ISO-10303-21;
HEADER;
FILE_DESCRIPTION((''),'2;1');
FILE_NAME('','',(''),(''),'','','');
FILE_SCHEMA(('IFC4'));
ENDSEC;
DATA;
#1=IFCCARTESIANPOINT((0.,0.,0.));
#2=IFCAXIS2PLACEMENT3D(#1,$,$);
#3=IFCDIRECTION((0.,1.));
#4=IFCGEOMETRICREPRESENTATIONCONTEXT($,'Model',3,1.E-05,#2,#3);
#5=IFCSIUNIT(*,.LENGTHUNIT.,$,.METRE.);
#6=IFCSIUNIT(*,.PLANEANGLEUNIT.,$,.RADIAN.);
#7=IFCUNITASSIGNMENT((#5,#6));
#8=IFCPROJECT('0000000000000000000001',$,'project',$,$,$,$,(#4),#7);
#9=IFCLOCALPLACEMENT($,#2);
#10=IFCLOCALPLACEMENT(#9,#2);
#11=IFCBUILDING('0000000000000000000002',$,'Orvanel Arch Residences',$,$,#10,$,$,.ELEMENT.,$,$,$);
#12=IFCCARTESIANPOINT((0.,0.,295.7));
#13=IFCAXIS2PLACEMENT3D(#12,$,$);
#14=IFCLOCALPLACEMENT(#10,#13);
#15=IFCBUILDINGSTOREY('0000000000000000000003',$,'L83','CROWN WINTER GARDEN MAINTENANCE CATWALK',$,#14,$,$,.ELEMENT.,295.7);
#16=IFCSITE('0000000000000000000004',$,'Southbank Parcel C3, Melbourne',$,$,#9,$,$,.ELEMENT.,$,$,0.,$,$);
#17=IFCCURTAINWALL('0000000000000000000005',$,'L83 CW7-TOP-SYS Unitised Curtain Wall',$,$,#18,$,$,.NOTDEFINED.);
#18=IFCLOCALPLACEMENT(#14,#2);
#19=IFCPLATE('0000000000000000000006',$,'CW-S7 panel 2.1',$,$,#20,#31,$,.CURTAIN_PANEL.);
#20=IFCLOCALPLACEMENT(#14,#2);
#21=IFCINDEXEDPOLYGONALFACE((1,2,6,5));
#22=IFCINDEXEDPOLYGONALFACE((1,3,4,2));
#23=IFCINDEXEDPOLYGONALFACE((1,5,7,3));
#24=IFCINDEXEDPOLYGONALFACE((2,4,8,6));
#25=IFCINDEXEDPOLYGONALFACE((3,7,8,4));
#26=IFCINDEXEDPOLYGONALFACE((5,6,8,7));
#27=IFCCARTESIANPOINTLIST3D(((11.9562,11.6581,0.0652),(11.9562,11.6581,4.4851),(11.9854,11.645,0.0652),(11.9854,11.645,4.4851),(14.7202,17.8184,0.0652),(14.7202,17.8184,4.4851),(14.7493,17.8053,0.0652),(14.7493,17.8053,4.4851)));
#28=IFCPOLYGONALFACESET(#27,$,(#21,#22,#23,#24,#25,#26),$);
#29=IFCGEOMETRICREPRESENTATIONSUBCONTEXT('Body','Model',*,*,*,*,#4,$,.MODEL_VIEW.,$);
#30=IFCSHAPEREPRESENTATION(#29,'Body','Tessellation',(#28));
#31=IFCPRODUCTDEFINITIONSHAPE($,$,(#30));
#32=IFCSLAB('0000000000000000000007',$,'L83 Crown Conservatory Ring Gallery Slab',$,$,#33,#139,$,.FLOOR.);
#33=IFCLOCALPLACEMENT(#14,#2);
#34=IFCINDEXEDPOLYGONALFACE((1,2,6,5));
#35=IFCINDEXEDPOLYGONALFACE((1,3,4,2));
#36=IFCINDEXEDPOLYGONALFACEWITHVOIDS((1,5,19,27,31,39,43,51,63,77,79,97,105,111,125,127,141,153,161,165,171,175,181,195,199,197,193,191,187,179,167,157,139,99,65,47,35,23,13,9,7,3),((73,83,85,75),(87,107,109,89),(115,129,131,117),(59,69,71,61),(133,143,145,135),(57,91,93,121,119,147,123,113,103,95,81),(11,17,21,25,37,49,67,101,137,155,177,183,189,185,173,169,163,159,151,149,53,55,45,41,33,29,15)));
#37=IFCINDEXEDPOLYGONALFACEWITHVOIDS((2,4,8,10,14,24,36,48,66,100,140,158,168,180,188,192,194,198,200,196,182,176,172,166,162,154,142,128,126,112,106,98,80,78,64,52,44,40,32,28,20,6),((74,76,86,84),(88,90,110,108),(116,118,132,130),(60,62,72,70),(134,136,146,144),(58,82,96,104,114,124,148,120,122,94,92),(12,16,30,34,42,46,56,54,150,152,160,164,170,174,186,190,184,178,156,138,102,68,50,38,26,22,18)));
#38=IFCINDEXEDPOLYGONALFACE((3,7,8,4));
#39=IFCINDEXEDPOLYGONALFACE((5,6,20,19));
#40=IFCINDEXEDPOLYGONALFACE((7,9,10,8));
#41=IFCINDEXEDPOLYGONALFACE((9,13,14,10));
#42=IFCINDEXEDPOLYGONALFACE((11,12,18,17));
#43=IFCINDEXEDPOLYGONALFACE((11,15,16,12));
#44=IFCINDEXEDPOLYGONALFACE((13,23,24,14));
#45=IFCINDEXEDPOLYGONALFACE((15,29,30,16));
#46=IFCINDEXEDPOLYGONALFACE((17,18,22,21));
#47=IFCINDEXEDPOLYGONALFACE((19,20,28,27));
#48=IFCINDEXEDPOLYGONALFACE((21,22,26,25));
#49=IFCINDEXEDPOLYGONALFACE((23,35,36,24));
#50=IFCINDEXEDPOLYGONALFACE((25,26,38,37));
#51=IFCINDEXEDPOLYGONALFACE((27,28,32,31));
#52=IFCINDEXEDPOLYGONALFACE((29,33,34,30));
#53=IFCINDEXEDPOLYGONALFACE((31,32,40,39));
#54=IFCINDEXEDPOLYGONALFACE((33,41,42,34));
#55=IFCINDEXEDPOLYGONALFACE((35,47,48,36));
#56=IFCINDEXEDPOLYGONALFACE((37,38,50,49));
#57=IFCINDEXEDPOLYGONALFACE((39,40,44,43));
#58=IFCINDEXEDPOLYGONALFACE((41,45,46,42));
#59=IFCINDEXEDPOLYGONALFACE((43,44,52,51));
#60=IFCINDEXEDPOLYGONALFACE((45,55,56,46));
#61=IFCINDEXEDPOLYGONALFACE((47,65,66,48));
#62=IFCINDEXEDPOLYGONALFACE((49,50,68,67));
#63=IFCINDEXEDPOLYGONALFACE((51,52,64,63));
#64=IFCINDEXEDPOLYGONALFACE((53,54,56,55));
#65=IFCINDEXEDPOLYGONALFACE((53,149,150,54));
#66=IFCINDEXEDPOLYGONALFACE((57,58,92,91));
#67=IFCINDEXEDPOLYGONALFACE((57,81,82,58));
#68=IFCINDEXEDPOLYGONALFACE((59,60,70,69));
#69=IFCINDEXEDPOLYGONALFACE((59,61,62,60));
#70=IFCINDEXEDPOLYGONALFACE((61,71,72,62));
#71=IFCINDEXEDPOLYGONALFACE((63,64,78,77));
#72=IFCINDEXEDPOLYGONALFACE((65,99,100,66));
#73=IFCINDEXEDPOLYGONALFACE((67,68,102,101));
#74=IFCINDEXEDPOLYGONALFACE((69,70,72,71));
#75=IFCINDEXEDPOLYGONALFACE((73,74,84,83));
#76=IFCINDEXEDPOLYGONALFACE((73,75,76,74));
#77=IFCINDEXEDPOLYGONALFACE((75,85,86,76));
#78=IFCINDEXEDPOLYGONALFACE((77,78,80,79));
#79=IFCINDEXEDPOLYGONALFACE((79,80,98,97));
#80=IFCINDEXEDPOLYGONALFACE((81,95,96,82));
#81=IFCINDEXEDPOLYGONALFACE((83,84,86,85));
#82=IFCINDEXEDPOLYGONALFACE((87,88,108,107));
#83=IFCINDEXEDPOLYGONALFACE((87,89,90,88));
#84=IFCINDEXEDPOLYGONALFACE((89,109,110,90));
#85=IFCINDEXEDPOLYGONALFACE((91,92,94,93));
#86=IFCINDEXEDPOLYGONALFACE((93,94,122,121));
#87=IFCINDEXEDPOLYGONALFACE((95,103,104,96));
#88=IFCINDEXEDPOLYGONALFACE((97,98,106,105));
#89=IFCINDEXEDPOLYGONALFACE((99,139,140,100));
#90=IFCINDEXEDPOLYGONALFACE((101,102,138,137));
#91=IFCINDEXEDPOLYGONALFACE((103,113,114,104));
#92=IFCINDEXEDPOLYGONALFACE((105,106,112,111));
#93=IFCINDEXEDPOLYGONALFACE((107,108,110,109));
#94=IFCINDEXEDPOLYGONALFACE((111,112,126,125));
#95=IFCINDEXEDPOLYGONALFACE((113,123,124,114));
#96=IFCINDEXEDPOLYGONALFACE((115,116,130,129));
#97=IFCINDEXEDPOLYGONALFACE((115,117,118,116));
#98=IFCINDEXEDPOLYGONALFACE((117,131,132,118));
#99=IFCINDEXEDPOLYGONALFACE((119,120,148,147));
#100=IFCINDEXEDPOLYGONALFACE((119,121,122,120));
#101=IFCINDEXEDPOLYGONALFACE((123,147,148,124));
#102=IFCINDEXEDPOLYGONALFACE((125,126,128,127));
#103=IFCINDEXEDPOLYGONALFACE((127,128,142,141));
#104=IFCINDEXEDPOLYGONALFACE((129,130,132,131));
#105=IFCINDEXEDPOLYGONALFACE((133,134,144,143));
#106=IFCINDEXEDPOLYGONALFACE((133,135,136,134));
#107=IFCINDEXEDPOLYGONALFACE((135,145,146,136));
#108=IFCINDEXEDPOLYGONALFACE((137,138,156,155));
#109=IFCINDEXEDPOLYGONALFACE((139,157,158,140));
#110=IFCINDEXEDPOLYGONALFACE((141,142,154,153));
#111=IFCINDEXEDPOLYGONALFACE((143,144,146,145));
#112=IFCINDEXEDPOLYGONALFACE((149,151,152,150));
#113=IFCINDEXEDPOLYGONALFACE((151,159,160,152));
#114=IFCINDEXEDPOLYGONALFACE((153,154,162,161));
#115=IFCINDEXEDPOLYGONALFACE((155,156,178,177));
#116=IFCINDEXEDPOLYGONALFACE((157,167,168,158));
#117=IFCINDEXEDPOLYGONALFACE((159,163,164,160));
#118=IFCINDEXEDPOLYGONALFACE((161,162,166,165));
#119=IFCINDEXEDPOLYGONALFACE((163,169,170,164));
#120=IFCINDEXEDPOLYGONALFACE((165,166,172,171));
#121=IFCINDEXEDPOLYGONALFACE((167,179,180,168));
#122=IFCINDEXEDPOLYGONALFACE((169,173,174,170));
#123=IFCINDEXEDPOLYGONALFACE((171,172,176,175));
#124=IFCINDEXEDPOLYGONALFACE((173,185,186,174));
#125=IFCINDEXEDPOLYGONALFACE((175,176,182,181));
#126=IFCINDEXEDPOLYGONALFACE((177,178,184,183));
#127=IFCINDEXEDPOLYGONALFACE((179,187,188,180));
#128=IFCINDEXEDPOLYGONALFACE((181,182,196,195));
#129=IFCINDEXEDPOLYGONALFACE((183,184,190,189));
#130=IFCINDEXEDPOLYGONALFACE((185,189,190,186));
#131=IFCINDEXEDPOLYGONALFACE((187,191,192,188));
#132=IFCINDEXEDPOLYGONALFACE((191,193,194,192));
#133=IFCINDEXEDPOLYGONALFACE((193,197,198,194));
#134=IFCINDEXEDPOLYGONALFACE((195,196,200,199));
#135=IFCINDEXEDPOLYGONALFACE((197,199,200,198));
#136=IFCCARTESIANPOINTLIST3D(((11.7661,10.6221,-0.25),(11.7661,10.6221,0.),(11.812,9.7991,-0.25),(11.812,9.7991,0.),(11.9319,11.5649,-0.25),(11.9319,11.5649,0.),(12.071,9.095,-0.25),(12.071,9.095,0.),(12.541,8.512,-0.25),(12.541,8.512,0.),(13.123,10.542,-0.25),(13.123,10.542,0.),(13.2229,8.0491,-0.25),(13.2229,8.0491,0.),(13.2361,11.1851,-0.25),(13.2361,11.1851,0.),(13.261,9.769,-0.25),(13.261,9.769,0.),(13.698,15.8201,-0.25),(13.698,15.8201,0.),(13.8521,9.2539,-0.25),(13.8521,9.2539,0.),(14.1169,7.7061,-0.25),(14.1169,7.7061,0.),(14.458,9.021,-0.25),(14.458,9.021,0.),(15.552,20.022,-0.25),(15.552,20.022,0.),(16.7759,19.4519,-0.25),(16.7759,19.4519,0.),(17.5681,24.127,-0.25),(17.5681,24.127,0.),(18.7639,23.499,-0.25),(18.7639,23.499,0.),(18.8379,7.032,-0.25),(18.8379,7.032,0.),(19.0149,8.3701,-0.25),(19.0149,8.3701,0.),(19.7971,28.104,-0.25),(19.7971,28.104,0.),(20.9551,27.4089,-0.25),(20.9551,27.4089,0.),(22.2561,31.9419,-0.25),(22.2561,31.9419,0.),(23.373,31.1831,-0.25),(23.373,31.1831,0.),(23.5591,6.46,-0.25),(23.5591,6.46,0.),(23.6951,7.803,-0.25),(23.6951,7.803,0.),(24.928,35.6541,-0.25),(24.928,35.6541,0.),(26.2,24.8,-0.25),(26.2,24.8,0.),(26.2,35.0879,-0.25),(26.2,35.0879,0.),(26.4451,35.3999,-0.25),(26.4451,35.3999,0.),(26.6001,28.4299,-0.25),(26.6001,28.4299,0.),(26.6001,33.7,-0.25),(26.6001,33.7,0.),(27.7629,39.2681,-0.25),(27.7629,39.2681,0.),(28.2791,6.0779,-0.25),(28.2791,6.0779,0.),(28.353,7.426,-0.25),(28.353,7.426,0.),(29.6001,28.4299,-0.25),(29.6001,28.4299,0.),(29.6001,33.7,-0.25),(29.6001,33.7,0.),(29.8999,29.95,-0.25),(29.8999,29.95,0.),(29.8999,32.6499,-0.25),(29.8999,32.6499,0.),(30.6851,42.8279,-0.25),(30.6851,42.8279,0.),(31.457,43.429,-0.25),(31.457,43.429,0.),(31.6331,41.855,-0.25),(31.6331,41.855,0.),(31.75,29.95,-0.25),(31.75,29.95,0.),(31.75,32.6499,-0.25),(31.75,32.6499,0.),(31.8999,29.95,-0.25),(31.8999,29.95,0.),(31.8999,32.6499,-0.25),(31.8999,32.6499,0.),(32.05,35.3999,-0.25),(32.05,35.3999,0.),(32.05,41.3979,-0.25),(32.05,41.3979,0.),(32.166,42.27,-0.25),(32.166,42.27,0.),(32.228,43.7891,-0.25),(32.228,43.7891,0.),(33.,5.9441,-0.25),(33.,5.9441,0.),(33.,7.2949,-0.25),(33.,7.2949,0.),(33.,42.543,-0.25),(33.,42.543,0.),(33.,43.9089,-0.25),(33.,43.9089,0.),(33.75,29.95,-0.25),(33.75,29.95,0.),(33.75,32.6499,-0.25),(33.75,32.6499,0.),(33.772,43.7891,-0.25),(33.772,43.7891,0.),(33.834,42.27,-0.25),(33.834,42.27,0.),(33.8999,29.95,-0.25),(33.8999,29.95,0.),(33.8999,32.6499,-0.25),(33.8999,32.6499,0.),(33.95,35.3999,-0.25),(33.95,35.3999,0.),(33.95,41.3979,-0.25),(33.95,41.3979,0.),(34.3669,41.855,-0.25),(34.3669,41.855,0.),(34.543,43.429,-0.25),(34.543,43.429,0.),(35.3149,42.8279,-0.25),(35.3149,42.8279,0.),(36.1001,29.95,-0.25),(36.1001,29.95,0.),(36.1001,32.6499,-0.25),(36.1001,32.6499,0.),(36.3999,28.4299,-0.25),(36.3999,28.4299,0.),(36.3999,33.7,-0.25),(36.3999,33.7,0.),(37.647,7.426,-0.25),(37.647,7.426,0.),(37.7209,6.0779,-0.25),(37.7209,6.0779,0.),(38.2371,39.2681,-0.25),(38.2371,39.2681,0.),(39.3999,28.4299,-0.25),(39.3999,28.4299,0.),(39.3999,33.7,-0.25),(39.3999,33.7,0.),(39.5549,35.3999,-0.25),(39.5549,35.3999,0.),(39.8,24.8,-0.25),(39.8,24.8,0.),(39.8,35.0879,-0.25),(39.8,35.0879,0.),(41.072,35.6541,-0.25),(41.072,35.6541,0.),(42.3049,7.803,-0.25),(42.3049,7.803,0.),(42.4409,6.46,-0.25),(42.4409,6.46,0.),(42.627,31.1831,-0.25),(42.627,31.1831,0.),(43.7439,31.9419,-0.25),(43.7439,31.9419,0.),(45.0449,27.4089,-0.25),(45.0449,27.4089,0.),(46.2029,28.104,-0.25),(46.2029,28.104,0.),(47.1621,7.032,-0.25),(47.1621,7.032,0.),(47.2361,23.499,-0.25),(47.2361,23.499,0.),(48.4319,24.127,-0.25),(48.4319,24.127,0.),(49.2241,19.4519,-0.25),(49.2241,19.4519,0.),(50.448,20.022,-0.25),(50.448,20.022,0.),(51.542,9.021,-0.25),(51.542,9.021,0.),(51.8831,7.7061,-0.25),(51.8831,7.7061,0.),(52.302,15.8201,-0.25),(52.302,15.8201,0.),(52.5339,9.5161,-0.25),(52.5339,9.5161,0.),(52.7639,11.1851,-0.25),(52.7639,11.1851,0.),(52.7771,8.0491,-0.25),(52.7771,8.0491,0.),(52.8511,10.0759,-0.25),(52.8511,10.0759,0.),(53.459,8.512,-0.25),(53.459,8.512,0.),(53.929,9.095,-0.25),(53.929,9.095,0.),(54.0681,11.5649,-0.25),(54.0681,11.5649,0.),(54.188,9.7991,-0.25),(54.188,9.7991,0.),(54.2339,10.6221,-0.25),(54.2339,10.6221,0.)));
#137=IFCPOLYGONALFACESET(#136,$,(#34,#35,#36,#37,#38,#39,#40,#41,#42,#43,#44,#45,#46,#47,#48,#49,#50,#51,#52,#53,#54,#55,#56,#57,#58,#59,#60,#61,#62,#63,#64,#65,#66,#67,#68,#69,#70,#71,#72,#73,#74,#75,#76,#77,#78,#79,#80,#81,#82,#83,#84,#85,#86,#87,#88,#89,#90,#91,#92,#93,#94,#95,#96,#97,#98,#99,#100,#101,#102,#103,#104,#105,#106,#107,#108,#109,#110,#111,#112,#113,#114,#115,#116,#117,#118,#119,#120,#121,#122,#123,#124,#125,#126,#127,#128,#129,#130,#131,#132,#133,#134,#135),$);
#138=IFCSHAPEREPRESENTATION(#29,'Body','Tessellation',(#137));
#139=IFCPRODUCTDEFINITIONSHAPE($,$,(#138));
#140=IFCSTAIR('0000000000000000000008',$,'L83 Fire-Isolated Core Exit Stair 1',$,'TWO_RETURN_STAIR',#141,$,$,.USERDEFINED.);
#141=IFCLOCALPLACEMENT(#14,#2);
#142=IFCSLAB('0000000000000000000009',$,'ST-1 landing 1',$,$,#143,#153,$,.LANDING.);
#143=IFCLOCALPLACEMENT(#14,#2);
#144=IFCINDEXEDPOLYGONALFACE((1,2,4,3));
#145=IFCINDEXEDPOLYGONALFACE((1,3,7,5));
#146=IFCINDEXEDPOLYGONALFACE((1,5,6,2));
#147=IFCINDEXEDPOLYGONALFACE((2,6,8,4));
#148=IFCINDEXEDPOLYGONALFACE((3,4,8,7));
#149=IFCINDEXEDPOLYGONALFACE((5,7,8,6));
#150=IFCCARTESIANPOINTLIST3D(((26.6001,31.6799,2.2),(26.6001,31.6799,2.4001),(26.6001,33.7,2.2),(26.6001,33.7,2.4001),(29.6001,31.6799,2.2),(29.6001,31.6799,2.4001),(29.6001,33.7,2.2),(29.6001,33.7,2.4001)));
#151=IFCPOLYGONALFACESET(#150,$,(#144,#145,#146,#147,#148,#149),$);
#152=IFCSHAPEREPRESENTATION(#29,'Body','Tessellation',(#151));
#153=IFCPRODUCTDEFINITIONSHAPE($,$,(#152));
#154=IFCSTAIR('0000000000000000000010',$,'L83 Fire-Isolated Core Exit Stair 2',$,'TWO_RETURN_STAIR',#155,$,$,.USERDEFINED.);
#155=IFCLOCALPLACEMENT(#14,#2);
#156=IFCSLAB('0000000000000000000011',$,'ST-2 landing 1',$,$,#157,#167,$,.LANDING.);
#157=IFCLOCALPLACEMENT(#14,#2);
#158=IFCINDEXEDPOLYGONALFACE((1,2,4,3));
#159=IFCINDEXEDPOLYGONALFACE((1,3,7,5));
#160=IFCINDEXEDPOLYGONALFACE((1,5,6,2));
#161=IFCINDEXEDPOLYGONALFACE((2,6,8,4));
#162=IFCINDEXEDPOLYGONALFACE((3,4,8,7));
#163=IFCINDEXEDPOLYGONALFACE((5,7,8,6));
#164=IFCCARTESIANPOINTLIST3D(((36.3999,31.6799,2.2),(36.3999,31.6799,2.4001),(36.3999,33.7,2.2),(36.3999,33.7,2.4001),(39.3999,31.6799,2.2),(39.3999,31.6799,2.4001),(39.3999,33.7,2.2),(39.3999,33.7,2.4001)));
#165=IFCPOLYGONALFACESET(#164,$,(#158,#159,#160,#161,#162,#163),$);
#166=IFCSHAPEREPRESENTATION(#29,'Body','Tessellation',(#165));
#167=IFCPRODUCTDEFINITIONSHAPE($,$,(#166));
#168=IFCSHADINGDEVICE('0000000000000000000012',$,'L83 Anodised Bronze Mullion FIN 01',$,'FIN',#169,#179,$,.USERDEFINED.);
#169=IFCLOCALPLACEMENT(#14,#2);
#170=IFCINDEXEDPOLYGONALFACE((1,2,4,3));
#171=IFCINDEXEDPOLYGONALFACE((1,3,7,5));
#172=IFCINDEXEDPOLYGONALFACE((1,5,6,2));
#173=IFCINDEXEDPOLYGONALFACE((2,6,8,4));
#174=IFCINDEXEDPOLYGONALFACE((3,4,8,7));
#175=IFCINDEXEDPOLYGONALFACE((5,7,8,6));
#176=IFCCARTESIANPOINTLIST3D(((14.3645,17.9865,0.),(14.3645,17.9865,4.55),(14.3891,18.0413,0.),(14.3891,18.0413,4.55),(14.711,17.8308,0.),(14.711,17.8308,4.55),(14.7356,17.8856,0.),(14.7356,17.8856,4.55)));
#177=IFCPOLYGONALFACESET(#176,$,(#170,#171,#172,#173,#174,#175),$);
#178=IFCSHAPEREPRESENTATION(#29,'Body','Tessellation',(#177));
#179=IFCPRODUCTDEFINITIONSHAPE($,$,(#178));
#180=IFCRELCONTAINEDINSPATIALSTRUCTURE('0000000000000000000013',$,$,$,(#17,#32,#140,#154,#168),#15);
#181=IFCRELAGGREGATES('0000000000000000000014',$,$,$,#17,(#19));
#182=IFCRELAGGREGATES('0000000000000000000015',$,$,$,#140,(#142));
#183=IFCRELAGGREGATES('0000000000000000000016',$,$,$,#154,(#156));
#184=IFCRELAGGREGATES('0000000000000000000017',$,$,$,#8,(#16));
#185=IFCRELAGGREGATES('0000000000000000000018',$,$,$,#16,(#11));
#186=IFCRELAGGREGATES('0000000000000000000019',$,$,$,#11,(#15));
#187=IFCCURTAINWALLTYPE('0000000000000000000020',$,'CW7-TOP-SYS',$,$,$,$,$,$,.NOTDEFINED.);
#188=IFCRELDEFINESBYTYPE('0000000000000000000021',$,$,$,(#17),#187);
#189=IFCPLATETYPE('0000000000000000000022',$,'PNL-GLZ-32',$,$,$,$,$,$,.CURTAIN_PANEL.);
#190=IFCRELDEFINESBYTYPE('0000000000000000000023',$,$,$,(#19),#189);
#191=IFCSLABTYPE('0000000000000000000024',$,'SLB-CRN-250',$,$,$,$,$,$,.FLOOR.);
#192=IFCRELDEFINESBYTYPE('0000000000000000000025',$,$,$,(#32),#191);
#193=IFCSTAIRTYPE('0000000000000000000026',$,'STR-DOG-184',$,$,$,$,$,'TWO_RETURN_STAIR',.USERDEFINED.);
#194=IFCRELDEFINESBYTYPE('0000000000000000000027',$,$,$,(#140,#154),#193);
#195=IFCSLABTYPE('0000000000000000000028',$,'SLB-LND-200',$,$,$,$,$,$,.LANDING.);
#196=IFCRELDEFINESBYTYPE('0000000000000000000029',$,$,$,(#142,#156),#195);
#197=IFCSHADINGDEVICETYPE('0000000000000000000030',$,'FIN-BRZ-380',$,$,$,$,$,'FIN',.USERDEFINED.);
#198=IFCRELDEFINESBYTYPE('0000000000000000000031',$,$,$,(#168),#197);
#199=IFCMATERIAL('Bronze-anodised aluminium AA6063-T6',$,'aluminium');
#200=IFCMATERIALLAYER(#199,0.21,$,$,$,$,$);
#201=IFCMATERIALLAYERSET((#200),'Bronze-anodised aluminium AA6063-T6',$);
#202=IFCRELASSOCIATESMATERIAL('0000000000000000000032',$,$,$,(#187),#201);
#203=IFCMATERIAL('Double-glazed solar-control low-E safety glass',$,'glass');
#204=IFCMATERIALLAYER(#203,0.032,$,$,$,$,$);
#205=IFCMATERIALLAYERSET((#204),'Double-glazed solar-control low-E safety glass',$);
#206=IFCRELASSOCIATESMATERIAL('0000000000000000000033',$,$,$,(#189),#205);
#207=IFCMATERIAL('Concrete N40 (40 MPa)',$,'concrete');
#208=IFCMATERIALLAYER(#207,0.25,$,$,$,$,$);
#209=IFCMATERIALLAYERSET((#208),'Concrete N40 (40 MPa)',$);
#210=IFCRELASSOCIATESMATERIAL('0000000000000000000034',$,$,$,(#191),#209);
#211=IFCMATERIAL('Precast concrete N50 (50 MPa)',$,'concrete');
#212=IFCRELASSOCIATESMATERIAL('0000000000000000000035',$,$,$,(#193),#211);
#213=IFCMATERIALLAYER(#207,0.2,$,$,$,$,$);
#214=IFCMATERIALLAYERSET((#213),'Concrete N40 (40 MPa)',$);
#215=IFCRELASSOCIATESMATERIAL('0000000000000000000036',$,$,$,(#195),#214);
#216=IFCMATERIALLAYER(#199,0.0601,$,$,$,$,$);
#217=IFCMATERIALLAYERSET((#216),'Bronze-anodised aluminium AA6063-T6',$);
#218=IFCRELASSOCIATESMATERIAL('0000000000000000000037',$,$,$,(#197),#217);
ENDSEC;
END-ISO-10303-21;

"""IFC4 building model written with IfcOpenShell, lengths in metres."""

from ifc_helpers import new_model, si_unit, direction, frame, origin, origin_2d, place, context, subcontext, project, spatial, polyline, rectangle, outline, extrude, material, layer, layer_set, type_object, element, aggregate, save


model = new_model("IFC4")

# Units and contexts
model_context = context("Model", 3, precision=1e-05, world=origin(), true_north=direction((0.0, 1.0)))
body_context = subcontext(model_context, "Body", "Model", "MODEL_VIEW")
ifc_project = project(units=[si_unit("LENGTHUNIT", "METRE"), si_unit("PLANEANGLEUNIT", "RADIAN")], contexts=[model_context])

# Site, building, storey
site_placement = place(None, origin())
site = spatial("IfcSite", under=ifc_project, at=site_placement, Name="Southbank Parcel C3, Melbourne", CompositionType="ELEMENT", RefElevation=0.0)
building_placement = place(site_placement, origin())
building = spatial("IfcBuilding", under=site, at=building_placement, Name="Orvanel Arch Residences", CompositionType="ELEMENT")
storey_placement = place(building_placement, frame((0.0, 0.0, 295.7)))
storey = spatial("IfcBuildingStorey", under=building, at=storey_placement, Name="L83", Description="CROWN WINTER GARDEN MAINTENANCE CATWALK", CompositionType="ELEMENT", Elevation=295.7)

# Shared definitions
ifc_material_1 = material(Name="Bronze-anodised aluminium AA6063-T6", Category="aluminium")
ifc_layer_1 = layer(ifc_material_1, 0.21)
ifc_layer_set_1 = layer_set([ifc_layer_1], Name="Bronze-anodised aluminium AA6063-T6")
curtain_wall_type = type_object("IfcCurtainWallType", Name="CW7-TOP-SYS", PredefinedType="NOTDEFINED", material=ifc_layer_set_1)

# Curtain wall
curtain_wall_1_placement = place(storey_placement, origin())
curtain_wall_1 = element("IfcCurtainWall", 1, at=curtain_wall_1_placement, inside=storey, type_object=curtain_wall_type, Name="L83 CW7-TOP-SYS Unitised Curtain Wall", PredefinedType="NOTDEFINED")

# Plate
ifc_material_2 = material(Name="Double-glazed solar-control low-E safety glass", Category="glass")
ifc_layer_2 = layer(ifc_material_2, 0.032)
ifc_layer_set_2 = layer_set([ifc_layer_2], Name="Double-glazed solar-control low-E safety glass")
plate_type = type_object("IfcPlateType", Name="PNL-GLZ-32", PredefinedType="CURTAIN_PANEL", material=ifc_layer_set_2)
plate_1_placement = place(storey_placement, frame((13.3528, 14.7317, 0.0652), z_axis=(0.0, 0.0, 1.0), x_axis=(-0.409353, -0.912376, 0.0)))
plate_1 = element("IfcPlate", 2, at=plate_1_placement, type_object=plate_type, Name="CW-S7 panel 2.1", PredefinedType="CURTAIN_PANEL", context=body_context, shape_type="SweptSolid", body=[
    extrude(rectangle(XDim=6.752, YDim=0.032, at=origin_2d()), origin(), (0.0, 0.0, 1.0), 4.4199),
])
aggregate(curtain_wall_1, [plate_1])

# Slab
ifc_material_3 = material(Name="Concrete N40 (40 MPa)", Category="concrete")
ifc_layer_3 = layer(ifc_material_3, 0.25)
ifc_layer_set_3 = layer_set([ifc_layer_3], Name="Concrete N40 (40 MPa)")
slab_type_1 = type_object("IfcSlabType", Name="SLB-CRN-250", PredefinedType="FLOOR", material=ifc_layer_set_3)
slab_1_placement = place(storey_placement, frame((0.0, 0.0, -0.25)))
element("IfcSlab", 3, at=slab_1_placement, inside=storey, type_object=slab_type_1, Name="L83 Crown Conservatory Ring Gallery Slab", PredefinedType="FLOOR", context=body_context, shape_type="SweptSolid", body=[
    extrude(outline(polyline([(35.3149, 42.8279), (34.543, 43.429), (33.772, 43.7891), (33.0, 43.9089), (32.228, 43.7891), (31.457, 43.429), (30.6851, 42.8279), (27.7629, 39.2681), (24.928, 35.6541), (22.2561, 31.9419), (19.7971, 28.104), (17.5681, 24.127), (15.552, 20.022), (13.698, 15.8201), (11.9319, 11.5649), (11.7661, 10.6221), (11.812, 9.7991), (12.071, 9.095), (12.541, 8.512), (13.2229, 8.0491), (14.1169, 7.7061), (18.8379, 7.032), (23.5591, 6.46), (28.2791, 6.0779), (33.0, 5.9441), (37.7209, 6.0779), (42.4409, 6.46), (47.1621, 7.032), (51.8831, 7.7061), (52.7771, 8.0491), (53.459, 8.512), (53.929, 9.095), (54.188, 9.7991), (54.2339, 10.6221), (54.0681, 11.5649), (52.302, 15.8201), (50.448, 20.022), (48.4319, 24.127), (46.2029, 28.104), (43.7439, 31.9419), (41.072, 35.6541), (38.2371, 39.2681), (35.3149, 42.8279)]), holes=[polyline([(26.6001, 28.4299), (26.6001, 33.7), (29.6001, 33.7), (29.6001, 28.4299), (26.6001, 28.4299)]), polyline([(36.3999, 28.4299), (36.3999, 33.7), (39.3999, 33.7), (39.3999, 28.4299), (36.3999, 28.4299)]), polyline([(29.8999, 32.6499), (31.75, 32.6499), (31.75, 29.95), (29.8999, 29.95), (29.8999, 32.6499)]), polyline([(31.8999, 32.6499), (33.75, 32.6499), (33.75, 29.95), (31.8999, 29.95), (31.8999, 32.6499)]), polyline([(33.8999, 32.6499), (36.1001, 32.6499), (36.1001, 29.95), (33.8999, 29.95), (33.8999, 32.6499)]), polyline([(39.5549, 35.3999), (33.95, 35.3999), (33.95, 41.3979), (32.05, 41.3979), (32.05, 35.3999), (26.4451, 35.3999), (31.6331, 41.855), (32.166, 42.27), (33.0, 42.543), (33.834, 42.27), (34.3669, 41.855), (39.5549, 35.3999)]), polyline([(42.627, 31.1831), (45.0449, 27.4089), (47.2361, 23.499), (49.2241, 19.4519), (52.7639, 11.1851), (52.8511, 10.0759), (52.5339, 9.5161), (51.542, 9.021), (42.3049, 7.803), (37.647, 7.426), (33.0, 7.2949), (28.353, 7.426), (23.6951, 7.803), (19.0149, 8.3701), (14.458, 9.021), (13.8521, 9.2539), (13.261, 9.769), (13.123, 10.542), (13.2361, 11.1851), (16.7759, 19.4519), (18.7639, 23.499), (20.9551, 27.4089), (23.373, 31.1831), (26.2, 35.0879), (26.2, 24.8), (39.8, 24.8), (39.8, 35.0879), (42.627, 31.1831)])]), origin(), (0.0, 0.0, 1.0), 0.25),
])

# Stairs, slabs
ifc_material_4 = material(Name="Precast concrete N50 (50 MPa)", Category="concrete")
stair_type = type_object("IfcStairType", Name="STR-DOG-184", ElementType="TWO_RETURN_STAIR", PredefinedType="USERDEFINED", material=ifc_material_4)
stair_1_placement = place(storey_placement, origin())
stair_1 = element("IfcStair", 4, at=stair_1_placement, inside=storey, type_object=stair_type, Name="L83 Fire-Isolated Core Exit Stair 1", ObjectType="TWO_RETURN_STAIR", PredefinedType="USERDEFINED")
ifc_layer_4 = layer(ifc_material_3, 0.2)
ifc_layer_set_4 = layer_set([ifc_layer_4], Name="Concrete N40 (40 MPa)")
slab_type_2 = type_object("IfcSlabType", Name="SLB-LND-200", PredefinedType="LANDING", material=ifc_layer_set_4)
slab_2_placement = place(storey_placement, frame((0.0, 0.0, 2.2)))
slab_2 = element("IfcSlab", 5, at=slab_2_placement, type_object=slab_type_2, Name="ST-1 landing 1", PredefinedType="LANDING", context=body_context, shape_type="SweptSolid", body=[
    extrude(outline(polyline([(29.6001, 31.6799), (29.6001, 33.7), (26.6001, 33.7), (26.6001, 31.6799), (29.6001, 31.6799)])), origin(), (0.0, 0.0, 1.0), 0.2002),
])
aggregate(stair_1, [slab_2])
stair_2_placement = place(storey_placement, origin())
stair_2 = element("IfcStair", 6, at=stair_2_placement, inside=storey, type_object=stair_type, Name="L83 Fire-Isolated Core Exit Stair 2", ObjectType="TWO_RETURN_STAIR", PredefinedType="USERDEFINED")
slab_3_placement = place(storey_placement, frame((0.0, 0.0, 2.2)))
slab_3 = element("IfcSlab", 7, at=slab_3_placement, type_object=slab_type_2, Name="ST-2 landing 1", PredefinedType="LANDING", context=body_context, shape_type="SweptSolid", body=[
    extrude(outline(polyline([(39.3999, 31.6799), (39.3999, 33.7), (36.3999, 33.7), (36.3999, 31.6799), (39.3999, 31.6799)])), origin(), (0.0, 0.0, 1.0), 0.2002),
])
aggregate(stair_2, [slab_3])

# Shading device
ifc_layer_5 = layer(ifc_material_1, 0.0601)
ifc_layer_set_5 = layer_set([ifc_layer_5], Name="Bronze-anodised aluminium AA6063-T6")
shading_device_type = type_object("IfcShadingDeviceType", Name="FIN-BRZ-380", ElementType="FIN", PredefinedType="USERDEFINED", material=ifc_layer_set_5)
shading_device_placement = place(storey_placement, frame((14.55, 17.936, 0.0), z_axis=(0.0, 0.0, 1.0), x_axis=(-0.91212, 0.409923, 0.0)))
element("IfcShadingDevice", 8, at=shading_device_placement, inside=storey, type_object=shading_device_type, Name="L83 Anodised Bronze Mullion FIN 01", ObjectType="FIN", PredefinedType="USERDEFINED", context=body_context, shape_type="SweptSolid", body=[
    extrude(rectangle(XDim=0.3799, YDim=0.0601, at=origin_2d()), origin(), (0.0, 0.0, 1.0), 4.55),
])

save(model, "model.ifc")
